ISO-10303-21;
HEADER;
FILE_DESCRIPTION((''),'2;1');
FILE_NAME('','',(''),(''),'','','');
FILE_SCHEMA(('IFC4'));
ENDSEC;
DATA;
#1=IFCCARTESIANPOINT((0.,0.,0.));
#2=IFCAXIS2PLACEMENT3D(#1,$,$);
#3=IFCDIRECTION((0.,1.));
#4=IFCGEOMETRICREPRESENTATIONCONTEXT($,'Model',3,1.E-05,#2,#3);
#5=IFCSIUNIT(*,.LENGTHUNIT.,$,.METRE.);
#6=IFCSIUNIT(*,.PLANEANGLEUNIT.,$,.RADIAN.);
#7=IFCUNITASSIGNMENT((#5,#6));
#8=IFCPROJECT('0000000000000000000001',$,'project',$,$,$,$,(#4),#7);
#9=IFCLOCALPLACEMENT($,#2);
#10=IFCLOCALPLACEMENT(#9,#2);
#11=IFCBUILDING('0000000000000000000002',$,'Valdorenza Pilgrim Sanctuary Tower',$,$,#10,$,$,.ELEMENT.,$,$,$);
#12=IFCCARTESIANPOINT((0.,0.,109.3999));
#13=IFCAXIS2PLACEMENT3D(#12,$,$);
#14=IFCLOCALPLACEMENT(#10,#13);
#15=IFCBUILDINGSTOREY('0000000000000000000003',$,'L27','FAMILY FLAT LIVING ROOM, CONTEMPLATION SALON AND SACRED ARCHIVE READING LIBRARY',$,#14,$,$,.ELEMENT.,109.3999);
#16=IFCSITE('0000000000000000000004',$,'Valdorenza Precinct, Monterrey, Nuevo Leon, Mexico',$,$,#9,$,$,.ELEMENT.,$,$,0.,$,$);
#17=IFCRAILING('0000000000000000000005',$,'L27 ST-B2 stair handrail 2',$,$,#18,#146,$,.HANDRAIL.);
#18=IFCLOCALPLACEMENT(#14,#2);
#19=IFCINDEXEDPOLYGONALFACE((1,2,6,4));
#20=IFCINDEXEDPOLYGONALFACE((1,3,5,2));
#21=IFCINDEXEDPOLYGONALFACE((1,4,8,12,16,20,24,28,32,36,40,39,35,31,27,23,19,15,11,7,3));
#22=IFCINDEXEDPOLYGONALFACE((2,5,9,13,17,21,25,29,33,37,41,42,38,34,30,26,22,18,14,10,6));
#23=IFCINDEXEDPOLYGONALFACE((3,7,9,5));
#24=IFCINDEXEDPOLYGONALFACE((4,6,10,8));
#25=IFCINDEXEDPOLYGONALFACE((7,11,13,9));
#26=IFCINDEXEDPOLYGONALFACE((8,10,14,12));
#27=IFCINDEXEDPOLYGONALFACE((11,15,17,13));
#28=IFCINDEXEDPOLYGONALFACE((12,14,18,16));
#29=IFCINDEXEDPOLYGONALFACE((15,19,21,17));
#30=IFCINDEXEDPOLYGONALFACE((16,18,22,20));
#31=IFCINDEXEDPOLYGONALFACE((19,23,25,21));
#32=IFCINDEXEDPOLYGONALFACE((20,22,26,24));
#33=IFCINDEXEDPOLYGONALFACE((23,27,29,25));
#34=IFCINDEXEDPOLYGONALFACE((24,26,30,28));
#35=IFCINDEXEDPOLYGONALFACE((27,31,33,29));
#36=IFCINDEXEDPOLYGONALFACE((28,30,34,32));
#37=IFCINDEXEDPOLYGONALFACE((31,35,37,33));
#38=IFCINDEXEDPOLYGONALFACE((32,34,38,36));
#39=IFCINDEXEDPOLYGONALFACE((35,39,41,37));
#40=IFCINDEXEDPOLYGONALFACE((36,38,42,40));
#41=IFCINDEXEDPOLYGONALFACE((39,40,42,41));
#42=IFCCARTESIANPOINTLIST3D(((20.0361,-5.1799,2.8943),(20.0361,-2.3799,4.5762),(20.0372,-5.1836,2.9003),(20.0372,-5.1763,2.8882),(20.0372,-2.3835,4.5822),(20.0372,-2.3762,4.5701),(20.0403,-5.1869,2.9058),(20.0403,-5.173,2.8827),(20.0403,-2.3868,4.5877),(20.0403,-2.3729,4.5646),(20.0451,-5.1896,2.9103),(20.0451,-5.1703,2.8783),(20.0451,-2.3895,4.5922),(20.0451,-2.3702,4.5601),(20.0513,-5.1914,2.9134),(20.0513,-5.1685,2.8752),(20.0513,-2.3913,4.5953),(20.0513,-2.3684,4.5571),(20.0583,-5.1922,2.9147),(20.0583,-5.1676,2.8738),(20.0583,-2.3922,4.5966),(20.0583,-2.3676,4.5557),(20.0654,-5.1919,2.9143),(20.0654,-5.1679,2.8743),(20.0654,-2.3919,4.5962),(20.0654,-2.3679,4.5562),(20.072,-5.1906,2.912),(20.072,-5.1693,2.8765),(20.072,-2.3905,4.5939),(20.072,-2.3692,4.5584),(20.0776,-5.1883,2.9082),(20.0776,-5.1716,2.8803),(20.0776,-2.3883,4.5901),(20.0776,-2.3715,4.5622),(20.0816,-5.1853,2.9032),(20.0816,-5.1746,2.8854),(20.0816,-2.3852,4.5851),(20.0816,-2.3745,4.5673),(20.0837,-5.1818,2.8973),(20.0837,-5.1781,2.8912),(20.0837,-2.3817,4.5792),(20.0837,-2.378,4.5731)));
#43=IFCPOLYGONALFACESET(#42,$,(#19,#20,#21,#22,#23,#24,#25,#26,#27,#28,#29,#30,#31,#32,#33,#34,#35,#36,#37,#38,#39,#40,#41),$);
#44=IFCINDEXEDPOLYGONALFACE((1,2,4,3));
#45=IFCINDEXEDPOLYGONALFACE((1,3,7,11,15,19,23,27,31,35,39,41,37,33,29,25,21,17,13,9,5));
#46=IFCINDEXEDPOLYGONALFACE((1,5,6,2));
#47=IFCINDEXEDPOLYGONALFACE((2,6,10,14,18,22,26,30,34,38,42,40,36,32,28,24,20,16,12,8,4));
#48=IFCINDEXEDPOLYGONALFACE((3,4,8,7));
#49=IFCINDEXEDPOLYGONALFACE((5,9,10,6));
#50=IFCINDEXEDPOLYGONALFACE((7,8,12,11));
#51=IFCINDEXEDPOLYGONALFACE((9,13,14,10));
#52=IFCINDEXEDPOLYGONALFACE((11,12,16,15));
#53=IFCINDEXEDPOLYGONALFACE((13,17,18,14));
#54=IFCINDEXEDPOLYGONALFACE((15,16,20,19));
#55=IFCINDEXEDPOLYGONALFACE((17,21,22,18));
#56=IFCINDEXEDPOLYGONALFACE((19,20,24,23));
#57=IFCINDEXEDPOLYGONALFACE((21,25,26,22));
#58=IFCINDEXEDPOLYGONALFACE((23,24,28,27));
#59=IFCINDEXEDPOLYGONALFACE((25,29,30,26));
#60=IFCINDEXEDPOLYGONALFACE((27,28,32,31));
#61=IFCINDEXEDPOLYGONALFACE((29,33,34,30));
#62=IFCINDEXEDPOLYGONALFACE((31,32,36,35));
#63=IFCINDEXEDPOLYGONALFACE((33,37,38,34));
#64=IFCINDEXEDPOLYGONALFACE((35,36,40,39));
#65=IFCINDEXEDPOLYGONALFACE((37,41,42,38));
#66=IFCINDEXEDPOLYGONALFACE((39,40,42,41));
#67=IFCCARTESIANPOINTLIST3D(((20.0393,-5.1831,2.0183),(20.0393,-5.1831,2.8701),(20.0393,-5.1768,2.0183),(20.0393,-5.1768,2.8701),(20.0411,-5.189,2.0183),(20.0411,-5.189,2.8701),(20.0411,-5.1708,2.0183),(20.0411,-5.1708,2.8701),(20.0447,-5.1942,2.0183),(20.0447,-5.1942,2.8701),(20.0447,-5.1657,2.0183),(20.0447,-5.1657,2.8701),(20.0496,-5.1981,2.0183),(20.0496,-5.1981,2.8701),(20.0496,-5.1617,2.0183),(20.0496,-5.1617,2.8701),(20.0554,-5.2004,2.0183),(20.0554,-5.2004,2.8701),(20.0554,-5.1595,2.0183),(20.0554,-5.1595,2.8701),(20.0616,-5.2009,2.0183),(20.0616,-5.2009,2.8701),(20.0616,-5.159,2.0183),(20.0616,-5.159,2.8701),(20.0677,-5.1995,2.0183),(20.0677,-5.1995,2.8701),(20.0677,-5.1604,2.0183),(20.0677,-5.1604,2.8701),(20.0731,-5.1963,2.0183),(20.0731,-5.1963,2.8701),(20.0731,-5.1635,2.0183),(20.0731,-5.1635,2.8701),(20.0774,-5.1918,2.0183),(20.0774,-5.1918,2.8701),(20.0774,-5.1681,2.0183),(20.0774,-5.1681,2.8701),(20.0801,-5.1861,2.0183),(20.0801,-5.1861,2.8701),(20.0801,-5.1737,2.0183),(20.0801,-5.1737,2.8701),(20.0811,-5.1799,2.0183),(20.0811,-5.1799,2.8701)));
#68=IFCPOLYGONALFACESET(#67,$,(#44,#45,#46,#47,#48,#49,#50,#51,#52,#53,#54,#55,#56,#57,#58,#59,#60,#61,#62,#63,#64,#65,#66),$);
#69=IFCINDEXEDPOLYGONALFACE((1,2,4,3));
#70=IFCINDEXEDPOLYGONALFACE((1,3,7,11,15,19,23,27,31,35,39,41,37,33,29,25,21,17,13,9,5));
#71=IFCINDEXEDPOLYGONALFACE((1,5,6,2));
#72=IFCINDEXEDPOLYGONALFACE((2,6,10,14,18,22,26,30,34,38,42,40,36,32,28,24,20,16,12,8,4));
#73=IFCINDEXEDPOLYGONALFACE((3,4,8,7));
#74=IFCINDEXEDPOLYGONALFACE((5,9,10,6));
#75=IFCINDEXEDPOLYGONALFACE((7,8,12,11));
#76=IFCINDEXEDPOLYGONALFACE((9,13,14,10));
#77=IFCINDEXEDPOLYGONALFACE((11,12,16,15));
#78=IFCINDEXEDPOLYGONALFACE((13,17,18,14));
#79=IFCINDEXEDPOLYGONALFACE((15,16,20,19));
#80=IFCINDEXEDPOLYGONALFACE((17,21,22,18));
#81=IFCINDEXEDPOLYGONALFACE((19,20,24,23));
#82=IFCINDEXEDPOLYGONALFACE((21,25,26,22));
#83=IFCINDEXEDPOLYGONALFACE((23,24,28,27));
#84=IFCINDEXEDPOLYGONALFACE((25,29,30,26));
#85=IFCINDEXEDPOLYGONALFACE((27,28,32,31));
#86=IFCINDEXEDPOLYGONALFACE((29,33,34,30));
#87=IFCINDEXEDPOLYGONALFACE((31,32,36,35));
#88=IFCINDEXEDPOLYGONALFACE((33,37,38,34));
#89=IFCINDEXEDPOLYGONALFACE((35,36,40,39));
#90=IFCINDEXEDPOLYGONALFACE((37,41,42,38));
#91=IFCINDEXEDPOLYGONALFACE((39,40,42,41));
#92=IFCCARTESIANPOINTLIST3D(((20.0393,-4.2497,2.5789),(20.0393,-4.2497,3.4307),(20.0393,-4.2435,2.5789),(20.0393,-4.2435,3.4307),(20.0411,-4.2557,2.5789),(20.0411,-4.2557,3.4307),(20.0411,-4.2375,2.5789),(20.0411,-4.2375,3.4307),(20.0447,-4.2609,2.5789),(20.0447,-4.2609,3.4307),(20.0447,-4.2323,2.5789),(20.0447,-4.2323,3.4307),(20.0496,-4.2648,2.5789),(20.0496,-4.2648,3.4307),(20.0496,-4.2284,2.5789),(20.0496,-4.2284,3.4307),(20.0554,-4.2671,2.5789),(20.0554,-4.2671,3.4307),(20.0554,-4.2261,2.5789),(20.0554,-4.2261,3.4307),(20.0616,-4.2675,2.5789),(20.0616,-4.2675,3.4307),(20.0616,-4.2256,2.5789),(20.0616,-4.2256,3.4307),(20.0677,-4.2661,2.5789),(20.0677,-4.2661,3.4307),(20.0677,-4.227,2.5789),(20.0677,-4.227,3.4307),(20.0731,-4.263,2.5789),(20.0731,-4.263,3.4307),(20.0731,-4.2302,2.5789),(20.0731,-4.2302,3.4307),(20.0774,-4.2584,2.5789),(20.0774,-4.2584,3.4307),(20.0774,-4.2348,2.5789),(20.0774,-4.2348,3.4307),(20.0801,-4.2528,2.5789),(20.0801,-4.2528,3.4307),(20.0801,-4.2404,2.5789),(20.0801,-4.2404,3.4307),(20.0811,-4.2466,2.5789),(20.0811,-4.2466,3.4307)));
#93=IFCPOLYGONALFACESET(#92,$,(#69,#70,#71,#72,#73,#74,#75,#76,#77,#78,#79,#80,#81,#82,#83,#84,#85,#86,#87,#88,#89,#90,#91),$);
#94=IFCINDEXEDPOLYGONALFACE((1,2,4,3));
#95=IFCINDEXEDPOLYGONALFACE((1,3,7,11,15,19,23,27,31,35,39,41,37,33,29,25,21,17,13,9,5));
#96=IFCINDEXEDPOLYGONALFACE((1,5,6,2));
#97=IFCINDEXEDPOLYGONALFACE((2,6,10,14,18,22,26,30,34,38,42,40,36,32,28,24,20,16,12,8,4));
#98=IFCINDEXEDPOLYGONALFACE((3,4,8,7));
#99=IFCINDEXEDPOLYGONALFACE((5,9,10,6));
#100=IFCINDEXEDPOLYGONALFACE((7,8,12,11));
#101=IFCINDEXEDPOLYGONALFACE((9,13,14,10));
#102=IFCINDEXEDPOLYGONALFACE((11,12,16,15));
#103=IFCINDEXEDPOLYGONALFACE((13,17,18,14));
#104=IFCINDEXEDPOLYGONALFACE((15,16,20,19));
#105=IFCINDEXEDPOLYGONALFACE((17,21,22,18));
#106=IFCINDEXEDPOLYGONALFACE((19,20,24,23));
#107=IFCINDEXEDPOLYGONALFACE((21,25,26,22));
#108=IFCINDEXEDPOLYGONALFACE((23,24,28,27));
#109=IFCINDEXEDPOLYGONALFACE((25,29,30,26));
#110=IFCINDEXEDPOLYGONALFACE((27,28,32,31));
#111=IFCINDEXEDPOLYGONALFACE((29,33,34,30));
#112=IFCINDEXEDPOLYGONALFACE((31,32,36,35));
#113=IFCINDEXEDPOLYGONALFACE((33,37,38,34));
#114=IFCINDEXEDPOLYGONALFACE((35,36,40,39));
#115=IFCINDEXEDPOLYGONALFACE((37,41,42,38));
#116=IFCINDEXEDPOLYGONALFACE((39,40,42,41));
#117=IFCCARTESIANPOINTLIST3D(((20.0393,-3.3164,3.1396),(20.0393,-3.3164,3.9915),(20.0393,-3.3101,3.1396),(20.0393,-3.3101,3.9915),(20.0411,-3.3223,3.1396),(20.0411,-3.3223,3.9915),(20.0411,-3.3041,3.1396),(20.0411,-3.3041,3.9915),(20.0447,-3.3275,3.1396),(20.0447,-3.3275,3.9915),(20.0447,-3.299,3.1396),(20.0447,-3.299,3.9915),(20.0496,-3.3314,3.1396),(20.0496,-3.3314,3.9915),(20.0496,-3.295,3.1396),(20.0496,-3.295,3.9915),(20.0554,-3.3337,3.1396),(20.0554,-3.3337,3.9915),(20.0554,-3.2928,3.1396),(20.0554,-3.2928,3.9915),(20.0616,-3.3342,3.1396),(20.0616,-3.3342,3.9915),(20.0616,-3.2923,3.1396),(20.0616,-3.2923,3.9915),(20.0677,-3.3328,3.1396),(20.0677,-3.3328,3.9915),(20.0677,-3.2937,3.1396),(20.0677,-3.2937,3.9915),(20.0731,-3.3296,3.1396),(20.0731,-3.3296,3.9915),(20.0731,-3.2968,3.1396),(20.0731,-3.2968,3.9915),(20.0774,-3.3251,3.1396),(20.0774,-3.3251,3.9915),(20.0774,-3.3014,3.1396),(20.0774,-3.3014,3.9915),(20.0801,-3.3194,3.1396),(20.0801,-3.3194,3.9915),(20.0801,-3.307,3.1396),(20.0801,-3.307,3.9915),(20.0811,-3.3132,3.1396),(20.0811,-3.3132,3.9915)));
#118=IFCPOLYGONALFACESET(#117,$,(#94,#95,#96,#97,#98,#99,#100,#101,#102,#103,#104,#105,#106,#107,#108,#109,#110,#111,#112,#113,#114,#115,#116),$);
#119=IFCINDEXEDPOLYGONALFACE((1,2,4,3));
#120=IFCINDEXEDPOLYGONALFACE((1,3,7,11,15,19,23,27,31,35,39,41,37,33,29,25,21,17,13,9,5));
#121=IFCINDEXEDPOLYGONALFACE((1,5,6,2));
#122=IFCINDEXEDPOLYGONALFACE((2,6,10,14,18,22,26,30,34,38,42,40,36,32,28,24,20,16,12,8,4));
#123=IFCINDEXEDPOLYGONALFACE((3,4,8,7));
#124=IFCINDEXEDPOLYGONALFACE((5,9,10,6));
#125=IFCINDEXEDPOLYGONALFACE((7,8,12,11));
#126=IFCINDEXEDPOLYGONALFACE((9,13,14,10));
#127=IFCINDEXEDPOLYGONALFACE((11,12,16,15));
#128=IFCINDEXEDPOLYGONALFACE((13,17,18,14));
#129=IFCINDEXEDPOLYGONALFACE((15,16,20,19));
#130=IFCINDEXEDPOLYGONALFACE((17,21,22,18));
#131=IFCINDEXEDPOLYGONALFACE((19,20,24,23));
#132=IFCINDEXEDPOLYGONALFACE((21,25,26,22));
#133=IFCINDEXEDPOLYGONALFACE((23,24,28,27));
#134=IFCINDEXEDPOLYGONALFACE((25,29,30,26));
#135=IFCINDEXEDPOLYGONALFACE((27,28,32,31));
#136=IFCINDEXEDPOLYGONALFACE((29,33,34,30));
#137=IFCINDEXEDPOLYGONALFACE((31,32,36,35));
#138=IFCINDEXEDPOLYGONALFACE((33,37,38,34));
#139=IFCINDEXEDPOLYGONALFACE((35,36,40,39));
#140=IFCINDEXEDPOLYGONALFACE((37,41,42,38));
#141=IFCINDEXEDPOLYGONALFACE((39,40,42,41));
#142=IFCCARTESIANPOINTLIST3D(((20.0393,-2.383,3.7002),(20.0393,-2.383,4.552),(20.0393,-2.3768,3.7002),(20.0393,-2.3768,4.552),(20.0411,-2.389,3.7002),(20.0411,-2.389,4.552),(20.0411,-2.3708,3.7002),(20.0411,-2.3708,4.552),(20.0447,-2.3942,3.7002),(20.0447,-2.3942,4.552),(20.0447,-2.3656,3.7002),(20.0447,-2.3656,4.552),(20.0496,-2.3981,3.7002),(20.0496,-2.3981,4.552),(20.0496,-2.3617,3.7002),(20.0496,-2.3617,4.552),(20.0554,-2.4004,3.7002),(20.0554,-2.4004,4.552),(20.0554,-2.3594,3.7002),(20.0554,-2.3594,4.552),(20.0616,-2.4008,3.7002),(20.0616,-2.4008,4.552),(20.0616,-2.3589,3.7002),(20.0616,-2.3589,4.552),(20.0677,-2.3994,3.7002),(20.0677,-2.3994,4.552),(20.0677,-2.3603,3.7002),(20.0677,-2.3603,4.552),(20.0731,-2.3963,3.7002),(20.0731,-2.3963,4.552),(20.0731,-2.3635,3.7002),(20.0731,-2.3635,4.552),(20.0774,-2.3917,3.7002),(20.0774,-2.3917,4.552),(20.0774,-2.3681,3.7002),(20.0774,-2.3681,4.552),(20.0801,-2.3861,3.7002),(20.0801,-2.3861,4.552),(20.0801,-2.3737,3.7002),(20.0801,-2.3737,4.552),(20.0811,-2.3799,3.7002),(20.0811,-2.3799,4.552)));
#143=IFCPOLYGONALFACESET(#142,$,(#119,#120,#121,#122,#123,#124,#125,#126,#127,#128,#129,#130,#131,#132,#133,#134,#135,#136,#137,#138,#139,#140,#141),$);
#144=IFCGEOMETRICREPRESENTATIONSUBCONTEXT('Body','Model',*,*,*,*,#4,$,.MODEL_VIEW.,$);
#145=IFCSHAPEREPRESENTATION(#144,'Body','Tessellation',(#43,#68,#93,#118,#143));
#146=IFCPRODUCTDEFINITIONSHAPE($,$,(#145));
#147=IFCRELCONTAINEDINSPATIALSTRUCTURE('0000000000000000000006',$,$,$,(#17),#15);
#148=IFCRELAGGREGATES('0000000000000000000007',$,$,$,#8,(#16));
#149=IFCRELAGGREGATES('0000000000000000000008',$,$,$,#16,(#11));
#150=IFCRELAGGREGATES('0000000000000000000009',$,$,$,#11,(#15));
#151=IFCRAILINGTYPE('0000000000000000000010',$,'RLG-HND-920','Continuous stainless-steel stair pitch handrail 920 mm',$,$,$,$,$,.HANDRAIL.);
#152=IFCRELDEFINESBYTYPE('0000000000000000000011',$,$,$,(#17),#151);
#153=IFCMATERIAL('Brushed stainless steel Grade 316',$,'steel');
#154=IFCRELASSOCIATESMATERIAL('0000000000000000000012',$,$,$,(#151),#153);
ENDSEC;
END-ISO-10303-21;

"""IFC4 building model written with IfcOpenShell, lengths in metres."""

from ifc_helpers import new_model, si_unit, direction, frame, origin, origin_2d, place, context, subcontext, project, spatial, circle, extrude, material, type_object, element, save


model = new_model("IFC4")

# Units and contexts
model_context = context("Model", 3, precision=1e-05, world=origin(), true_north=direction((0.0, 1.0)))
body_context = subcontext(model_context, "Body", "Model", "MODEL_VIEW")
ifc_project = project(units=[si_unit("LENGTHUNIT", "METRE"), si_unit("PLANEANGLEUNIT", "RADIAN")], contexts=[model_context])

# Site, building, storey
site_placement = place(None, origin())
site = spatial("IfcSite", under=ifc_project, at=site_placement, Name="Valdorenza Precinct, Monterrey, Nuevo Leon, Mexico", CompositionType="ELEMENT", RefElevation=0.0)
building_placement = place(site_placement, origin())
building = spatial("IfcBuilding", under=site, at=building_placement, Name="Valdorenza Pilgrim Sanctuary Tower", CompositionType="ELEMENT")
storey_placement = place(building_placement, frame((0.0, 0.0, 109.3999)))
storey = spatial("IfcBuildingStorey", under=building, at=storey_placement, Name="L27", Description="FAMILY FLAT LIVING ROOM, CONTEMPLATION SALON AND SACRED ARCHIVE READING LIBRARY", CompositionType="ELEMENT", Elevation=109.3999)

# Railing
ifc_material_1 = material(Name="Brushed stainless steel Grade 316", Category="steel")
railing_type_1 = type_object("IfcRailingType", Name="RLG-HND-920", Description="Continuous stainless-steel stair pitch handrail 920 mm", PredefinedType="HANDRAIL", material=ifc_material_1)
railing_1_placement = place(storey_placement, frame((20.0601, -5.1799, 2.0183)))
element("IfcRailing", 1, at=railing_1_placement, inside=storey, type_object=railing_type_1, Name="L27 ST-B2 stair handrail 2", PredefinedType="HANDRAIL", context=body_context, shape_type="SweptSolid", body=[
    extrude(circle(Radius=0.0239, at=origin_2d()), frame((0.0, 0.0, 0.876), z_axis=(0.0, 0.857242, 0.514913), x_axis=(-1.0, 0.0, 0.0)), (0.0, 0.0, 1.0), 3.2664),
    extrude(circle(Radius=0.021, at=origin_2d()), origin(), (0.0, 0.0, 1.0), 0.8518),
    extrude(circle(Radius=0.021, at=origin_2d()), frame((0.0, 0.9333, 0.5605)), (0.0, 0.0, 1.0), 0.8518),
    extrude(circle(Radius=0.021, at=origin_2d()), frame((0.0, 1.8667, 1.1213)), (0.0, 0.0, 1.0), 0.8518),
    extrude(circle(Radius=0.021, at=origin_2d()), frame((0.0, 2.8, 1.6819)), (0.0, 0.0, 1.0), 0.8518),
])

save(model, "model.ifc")
